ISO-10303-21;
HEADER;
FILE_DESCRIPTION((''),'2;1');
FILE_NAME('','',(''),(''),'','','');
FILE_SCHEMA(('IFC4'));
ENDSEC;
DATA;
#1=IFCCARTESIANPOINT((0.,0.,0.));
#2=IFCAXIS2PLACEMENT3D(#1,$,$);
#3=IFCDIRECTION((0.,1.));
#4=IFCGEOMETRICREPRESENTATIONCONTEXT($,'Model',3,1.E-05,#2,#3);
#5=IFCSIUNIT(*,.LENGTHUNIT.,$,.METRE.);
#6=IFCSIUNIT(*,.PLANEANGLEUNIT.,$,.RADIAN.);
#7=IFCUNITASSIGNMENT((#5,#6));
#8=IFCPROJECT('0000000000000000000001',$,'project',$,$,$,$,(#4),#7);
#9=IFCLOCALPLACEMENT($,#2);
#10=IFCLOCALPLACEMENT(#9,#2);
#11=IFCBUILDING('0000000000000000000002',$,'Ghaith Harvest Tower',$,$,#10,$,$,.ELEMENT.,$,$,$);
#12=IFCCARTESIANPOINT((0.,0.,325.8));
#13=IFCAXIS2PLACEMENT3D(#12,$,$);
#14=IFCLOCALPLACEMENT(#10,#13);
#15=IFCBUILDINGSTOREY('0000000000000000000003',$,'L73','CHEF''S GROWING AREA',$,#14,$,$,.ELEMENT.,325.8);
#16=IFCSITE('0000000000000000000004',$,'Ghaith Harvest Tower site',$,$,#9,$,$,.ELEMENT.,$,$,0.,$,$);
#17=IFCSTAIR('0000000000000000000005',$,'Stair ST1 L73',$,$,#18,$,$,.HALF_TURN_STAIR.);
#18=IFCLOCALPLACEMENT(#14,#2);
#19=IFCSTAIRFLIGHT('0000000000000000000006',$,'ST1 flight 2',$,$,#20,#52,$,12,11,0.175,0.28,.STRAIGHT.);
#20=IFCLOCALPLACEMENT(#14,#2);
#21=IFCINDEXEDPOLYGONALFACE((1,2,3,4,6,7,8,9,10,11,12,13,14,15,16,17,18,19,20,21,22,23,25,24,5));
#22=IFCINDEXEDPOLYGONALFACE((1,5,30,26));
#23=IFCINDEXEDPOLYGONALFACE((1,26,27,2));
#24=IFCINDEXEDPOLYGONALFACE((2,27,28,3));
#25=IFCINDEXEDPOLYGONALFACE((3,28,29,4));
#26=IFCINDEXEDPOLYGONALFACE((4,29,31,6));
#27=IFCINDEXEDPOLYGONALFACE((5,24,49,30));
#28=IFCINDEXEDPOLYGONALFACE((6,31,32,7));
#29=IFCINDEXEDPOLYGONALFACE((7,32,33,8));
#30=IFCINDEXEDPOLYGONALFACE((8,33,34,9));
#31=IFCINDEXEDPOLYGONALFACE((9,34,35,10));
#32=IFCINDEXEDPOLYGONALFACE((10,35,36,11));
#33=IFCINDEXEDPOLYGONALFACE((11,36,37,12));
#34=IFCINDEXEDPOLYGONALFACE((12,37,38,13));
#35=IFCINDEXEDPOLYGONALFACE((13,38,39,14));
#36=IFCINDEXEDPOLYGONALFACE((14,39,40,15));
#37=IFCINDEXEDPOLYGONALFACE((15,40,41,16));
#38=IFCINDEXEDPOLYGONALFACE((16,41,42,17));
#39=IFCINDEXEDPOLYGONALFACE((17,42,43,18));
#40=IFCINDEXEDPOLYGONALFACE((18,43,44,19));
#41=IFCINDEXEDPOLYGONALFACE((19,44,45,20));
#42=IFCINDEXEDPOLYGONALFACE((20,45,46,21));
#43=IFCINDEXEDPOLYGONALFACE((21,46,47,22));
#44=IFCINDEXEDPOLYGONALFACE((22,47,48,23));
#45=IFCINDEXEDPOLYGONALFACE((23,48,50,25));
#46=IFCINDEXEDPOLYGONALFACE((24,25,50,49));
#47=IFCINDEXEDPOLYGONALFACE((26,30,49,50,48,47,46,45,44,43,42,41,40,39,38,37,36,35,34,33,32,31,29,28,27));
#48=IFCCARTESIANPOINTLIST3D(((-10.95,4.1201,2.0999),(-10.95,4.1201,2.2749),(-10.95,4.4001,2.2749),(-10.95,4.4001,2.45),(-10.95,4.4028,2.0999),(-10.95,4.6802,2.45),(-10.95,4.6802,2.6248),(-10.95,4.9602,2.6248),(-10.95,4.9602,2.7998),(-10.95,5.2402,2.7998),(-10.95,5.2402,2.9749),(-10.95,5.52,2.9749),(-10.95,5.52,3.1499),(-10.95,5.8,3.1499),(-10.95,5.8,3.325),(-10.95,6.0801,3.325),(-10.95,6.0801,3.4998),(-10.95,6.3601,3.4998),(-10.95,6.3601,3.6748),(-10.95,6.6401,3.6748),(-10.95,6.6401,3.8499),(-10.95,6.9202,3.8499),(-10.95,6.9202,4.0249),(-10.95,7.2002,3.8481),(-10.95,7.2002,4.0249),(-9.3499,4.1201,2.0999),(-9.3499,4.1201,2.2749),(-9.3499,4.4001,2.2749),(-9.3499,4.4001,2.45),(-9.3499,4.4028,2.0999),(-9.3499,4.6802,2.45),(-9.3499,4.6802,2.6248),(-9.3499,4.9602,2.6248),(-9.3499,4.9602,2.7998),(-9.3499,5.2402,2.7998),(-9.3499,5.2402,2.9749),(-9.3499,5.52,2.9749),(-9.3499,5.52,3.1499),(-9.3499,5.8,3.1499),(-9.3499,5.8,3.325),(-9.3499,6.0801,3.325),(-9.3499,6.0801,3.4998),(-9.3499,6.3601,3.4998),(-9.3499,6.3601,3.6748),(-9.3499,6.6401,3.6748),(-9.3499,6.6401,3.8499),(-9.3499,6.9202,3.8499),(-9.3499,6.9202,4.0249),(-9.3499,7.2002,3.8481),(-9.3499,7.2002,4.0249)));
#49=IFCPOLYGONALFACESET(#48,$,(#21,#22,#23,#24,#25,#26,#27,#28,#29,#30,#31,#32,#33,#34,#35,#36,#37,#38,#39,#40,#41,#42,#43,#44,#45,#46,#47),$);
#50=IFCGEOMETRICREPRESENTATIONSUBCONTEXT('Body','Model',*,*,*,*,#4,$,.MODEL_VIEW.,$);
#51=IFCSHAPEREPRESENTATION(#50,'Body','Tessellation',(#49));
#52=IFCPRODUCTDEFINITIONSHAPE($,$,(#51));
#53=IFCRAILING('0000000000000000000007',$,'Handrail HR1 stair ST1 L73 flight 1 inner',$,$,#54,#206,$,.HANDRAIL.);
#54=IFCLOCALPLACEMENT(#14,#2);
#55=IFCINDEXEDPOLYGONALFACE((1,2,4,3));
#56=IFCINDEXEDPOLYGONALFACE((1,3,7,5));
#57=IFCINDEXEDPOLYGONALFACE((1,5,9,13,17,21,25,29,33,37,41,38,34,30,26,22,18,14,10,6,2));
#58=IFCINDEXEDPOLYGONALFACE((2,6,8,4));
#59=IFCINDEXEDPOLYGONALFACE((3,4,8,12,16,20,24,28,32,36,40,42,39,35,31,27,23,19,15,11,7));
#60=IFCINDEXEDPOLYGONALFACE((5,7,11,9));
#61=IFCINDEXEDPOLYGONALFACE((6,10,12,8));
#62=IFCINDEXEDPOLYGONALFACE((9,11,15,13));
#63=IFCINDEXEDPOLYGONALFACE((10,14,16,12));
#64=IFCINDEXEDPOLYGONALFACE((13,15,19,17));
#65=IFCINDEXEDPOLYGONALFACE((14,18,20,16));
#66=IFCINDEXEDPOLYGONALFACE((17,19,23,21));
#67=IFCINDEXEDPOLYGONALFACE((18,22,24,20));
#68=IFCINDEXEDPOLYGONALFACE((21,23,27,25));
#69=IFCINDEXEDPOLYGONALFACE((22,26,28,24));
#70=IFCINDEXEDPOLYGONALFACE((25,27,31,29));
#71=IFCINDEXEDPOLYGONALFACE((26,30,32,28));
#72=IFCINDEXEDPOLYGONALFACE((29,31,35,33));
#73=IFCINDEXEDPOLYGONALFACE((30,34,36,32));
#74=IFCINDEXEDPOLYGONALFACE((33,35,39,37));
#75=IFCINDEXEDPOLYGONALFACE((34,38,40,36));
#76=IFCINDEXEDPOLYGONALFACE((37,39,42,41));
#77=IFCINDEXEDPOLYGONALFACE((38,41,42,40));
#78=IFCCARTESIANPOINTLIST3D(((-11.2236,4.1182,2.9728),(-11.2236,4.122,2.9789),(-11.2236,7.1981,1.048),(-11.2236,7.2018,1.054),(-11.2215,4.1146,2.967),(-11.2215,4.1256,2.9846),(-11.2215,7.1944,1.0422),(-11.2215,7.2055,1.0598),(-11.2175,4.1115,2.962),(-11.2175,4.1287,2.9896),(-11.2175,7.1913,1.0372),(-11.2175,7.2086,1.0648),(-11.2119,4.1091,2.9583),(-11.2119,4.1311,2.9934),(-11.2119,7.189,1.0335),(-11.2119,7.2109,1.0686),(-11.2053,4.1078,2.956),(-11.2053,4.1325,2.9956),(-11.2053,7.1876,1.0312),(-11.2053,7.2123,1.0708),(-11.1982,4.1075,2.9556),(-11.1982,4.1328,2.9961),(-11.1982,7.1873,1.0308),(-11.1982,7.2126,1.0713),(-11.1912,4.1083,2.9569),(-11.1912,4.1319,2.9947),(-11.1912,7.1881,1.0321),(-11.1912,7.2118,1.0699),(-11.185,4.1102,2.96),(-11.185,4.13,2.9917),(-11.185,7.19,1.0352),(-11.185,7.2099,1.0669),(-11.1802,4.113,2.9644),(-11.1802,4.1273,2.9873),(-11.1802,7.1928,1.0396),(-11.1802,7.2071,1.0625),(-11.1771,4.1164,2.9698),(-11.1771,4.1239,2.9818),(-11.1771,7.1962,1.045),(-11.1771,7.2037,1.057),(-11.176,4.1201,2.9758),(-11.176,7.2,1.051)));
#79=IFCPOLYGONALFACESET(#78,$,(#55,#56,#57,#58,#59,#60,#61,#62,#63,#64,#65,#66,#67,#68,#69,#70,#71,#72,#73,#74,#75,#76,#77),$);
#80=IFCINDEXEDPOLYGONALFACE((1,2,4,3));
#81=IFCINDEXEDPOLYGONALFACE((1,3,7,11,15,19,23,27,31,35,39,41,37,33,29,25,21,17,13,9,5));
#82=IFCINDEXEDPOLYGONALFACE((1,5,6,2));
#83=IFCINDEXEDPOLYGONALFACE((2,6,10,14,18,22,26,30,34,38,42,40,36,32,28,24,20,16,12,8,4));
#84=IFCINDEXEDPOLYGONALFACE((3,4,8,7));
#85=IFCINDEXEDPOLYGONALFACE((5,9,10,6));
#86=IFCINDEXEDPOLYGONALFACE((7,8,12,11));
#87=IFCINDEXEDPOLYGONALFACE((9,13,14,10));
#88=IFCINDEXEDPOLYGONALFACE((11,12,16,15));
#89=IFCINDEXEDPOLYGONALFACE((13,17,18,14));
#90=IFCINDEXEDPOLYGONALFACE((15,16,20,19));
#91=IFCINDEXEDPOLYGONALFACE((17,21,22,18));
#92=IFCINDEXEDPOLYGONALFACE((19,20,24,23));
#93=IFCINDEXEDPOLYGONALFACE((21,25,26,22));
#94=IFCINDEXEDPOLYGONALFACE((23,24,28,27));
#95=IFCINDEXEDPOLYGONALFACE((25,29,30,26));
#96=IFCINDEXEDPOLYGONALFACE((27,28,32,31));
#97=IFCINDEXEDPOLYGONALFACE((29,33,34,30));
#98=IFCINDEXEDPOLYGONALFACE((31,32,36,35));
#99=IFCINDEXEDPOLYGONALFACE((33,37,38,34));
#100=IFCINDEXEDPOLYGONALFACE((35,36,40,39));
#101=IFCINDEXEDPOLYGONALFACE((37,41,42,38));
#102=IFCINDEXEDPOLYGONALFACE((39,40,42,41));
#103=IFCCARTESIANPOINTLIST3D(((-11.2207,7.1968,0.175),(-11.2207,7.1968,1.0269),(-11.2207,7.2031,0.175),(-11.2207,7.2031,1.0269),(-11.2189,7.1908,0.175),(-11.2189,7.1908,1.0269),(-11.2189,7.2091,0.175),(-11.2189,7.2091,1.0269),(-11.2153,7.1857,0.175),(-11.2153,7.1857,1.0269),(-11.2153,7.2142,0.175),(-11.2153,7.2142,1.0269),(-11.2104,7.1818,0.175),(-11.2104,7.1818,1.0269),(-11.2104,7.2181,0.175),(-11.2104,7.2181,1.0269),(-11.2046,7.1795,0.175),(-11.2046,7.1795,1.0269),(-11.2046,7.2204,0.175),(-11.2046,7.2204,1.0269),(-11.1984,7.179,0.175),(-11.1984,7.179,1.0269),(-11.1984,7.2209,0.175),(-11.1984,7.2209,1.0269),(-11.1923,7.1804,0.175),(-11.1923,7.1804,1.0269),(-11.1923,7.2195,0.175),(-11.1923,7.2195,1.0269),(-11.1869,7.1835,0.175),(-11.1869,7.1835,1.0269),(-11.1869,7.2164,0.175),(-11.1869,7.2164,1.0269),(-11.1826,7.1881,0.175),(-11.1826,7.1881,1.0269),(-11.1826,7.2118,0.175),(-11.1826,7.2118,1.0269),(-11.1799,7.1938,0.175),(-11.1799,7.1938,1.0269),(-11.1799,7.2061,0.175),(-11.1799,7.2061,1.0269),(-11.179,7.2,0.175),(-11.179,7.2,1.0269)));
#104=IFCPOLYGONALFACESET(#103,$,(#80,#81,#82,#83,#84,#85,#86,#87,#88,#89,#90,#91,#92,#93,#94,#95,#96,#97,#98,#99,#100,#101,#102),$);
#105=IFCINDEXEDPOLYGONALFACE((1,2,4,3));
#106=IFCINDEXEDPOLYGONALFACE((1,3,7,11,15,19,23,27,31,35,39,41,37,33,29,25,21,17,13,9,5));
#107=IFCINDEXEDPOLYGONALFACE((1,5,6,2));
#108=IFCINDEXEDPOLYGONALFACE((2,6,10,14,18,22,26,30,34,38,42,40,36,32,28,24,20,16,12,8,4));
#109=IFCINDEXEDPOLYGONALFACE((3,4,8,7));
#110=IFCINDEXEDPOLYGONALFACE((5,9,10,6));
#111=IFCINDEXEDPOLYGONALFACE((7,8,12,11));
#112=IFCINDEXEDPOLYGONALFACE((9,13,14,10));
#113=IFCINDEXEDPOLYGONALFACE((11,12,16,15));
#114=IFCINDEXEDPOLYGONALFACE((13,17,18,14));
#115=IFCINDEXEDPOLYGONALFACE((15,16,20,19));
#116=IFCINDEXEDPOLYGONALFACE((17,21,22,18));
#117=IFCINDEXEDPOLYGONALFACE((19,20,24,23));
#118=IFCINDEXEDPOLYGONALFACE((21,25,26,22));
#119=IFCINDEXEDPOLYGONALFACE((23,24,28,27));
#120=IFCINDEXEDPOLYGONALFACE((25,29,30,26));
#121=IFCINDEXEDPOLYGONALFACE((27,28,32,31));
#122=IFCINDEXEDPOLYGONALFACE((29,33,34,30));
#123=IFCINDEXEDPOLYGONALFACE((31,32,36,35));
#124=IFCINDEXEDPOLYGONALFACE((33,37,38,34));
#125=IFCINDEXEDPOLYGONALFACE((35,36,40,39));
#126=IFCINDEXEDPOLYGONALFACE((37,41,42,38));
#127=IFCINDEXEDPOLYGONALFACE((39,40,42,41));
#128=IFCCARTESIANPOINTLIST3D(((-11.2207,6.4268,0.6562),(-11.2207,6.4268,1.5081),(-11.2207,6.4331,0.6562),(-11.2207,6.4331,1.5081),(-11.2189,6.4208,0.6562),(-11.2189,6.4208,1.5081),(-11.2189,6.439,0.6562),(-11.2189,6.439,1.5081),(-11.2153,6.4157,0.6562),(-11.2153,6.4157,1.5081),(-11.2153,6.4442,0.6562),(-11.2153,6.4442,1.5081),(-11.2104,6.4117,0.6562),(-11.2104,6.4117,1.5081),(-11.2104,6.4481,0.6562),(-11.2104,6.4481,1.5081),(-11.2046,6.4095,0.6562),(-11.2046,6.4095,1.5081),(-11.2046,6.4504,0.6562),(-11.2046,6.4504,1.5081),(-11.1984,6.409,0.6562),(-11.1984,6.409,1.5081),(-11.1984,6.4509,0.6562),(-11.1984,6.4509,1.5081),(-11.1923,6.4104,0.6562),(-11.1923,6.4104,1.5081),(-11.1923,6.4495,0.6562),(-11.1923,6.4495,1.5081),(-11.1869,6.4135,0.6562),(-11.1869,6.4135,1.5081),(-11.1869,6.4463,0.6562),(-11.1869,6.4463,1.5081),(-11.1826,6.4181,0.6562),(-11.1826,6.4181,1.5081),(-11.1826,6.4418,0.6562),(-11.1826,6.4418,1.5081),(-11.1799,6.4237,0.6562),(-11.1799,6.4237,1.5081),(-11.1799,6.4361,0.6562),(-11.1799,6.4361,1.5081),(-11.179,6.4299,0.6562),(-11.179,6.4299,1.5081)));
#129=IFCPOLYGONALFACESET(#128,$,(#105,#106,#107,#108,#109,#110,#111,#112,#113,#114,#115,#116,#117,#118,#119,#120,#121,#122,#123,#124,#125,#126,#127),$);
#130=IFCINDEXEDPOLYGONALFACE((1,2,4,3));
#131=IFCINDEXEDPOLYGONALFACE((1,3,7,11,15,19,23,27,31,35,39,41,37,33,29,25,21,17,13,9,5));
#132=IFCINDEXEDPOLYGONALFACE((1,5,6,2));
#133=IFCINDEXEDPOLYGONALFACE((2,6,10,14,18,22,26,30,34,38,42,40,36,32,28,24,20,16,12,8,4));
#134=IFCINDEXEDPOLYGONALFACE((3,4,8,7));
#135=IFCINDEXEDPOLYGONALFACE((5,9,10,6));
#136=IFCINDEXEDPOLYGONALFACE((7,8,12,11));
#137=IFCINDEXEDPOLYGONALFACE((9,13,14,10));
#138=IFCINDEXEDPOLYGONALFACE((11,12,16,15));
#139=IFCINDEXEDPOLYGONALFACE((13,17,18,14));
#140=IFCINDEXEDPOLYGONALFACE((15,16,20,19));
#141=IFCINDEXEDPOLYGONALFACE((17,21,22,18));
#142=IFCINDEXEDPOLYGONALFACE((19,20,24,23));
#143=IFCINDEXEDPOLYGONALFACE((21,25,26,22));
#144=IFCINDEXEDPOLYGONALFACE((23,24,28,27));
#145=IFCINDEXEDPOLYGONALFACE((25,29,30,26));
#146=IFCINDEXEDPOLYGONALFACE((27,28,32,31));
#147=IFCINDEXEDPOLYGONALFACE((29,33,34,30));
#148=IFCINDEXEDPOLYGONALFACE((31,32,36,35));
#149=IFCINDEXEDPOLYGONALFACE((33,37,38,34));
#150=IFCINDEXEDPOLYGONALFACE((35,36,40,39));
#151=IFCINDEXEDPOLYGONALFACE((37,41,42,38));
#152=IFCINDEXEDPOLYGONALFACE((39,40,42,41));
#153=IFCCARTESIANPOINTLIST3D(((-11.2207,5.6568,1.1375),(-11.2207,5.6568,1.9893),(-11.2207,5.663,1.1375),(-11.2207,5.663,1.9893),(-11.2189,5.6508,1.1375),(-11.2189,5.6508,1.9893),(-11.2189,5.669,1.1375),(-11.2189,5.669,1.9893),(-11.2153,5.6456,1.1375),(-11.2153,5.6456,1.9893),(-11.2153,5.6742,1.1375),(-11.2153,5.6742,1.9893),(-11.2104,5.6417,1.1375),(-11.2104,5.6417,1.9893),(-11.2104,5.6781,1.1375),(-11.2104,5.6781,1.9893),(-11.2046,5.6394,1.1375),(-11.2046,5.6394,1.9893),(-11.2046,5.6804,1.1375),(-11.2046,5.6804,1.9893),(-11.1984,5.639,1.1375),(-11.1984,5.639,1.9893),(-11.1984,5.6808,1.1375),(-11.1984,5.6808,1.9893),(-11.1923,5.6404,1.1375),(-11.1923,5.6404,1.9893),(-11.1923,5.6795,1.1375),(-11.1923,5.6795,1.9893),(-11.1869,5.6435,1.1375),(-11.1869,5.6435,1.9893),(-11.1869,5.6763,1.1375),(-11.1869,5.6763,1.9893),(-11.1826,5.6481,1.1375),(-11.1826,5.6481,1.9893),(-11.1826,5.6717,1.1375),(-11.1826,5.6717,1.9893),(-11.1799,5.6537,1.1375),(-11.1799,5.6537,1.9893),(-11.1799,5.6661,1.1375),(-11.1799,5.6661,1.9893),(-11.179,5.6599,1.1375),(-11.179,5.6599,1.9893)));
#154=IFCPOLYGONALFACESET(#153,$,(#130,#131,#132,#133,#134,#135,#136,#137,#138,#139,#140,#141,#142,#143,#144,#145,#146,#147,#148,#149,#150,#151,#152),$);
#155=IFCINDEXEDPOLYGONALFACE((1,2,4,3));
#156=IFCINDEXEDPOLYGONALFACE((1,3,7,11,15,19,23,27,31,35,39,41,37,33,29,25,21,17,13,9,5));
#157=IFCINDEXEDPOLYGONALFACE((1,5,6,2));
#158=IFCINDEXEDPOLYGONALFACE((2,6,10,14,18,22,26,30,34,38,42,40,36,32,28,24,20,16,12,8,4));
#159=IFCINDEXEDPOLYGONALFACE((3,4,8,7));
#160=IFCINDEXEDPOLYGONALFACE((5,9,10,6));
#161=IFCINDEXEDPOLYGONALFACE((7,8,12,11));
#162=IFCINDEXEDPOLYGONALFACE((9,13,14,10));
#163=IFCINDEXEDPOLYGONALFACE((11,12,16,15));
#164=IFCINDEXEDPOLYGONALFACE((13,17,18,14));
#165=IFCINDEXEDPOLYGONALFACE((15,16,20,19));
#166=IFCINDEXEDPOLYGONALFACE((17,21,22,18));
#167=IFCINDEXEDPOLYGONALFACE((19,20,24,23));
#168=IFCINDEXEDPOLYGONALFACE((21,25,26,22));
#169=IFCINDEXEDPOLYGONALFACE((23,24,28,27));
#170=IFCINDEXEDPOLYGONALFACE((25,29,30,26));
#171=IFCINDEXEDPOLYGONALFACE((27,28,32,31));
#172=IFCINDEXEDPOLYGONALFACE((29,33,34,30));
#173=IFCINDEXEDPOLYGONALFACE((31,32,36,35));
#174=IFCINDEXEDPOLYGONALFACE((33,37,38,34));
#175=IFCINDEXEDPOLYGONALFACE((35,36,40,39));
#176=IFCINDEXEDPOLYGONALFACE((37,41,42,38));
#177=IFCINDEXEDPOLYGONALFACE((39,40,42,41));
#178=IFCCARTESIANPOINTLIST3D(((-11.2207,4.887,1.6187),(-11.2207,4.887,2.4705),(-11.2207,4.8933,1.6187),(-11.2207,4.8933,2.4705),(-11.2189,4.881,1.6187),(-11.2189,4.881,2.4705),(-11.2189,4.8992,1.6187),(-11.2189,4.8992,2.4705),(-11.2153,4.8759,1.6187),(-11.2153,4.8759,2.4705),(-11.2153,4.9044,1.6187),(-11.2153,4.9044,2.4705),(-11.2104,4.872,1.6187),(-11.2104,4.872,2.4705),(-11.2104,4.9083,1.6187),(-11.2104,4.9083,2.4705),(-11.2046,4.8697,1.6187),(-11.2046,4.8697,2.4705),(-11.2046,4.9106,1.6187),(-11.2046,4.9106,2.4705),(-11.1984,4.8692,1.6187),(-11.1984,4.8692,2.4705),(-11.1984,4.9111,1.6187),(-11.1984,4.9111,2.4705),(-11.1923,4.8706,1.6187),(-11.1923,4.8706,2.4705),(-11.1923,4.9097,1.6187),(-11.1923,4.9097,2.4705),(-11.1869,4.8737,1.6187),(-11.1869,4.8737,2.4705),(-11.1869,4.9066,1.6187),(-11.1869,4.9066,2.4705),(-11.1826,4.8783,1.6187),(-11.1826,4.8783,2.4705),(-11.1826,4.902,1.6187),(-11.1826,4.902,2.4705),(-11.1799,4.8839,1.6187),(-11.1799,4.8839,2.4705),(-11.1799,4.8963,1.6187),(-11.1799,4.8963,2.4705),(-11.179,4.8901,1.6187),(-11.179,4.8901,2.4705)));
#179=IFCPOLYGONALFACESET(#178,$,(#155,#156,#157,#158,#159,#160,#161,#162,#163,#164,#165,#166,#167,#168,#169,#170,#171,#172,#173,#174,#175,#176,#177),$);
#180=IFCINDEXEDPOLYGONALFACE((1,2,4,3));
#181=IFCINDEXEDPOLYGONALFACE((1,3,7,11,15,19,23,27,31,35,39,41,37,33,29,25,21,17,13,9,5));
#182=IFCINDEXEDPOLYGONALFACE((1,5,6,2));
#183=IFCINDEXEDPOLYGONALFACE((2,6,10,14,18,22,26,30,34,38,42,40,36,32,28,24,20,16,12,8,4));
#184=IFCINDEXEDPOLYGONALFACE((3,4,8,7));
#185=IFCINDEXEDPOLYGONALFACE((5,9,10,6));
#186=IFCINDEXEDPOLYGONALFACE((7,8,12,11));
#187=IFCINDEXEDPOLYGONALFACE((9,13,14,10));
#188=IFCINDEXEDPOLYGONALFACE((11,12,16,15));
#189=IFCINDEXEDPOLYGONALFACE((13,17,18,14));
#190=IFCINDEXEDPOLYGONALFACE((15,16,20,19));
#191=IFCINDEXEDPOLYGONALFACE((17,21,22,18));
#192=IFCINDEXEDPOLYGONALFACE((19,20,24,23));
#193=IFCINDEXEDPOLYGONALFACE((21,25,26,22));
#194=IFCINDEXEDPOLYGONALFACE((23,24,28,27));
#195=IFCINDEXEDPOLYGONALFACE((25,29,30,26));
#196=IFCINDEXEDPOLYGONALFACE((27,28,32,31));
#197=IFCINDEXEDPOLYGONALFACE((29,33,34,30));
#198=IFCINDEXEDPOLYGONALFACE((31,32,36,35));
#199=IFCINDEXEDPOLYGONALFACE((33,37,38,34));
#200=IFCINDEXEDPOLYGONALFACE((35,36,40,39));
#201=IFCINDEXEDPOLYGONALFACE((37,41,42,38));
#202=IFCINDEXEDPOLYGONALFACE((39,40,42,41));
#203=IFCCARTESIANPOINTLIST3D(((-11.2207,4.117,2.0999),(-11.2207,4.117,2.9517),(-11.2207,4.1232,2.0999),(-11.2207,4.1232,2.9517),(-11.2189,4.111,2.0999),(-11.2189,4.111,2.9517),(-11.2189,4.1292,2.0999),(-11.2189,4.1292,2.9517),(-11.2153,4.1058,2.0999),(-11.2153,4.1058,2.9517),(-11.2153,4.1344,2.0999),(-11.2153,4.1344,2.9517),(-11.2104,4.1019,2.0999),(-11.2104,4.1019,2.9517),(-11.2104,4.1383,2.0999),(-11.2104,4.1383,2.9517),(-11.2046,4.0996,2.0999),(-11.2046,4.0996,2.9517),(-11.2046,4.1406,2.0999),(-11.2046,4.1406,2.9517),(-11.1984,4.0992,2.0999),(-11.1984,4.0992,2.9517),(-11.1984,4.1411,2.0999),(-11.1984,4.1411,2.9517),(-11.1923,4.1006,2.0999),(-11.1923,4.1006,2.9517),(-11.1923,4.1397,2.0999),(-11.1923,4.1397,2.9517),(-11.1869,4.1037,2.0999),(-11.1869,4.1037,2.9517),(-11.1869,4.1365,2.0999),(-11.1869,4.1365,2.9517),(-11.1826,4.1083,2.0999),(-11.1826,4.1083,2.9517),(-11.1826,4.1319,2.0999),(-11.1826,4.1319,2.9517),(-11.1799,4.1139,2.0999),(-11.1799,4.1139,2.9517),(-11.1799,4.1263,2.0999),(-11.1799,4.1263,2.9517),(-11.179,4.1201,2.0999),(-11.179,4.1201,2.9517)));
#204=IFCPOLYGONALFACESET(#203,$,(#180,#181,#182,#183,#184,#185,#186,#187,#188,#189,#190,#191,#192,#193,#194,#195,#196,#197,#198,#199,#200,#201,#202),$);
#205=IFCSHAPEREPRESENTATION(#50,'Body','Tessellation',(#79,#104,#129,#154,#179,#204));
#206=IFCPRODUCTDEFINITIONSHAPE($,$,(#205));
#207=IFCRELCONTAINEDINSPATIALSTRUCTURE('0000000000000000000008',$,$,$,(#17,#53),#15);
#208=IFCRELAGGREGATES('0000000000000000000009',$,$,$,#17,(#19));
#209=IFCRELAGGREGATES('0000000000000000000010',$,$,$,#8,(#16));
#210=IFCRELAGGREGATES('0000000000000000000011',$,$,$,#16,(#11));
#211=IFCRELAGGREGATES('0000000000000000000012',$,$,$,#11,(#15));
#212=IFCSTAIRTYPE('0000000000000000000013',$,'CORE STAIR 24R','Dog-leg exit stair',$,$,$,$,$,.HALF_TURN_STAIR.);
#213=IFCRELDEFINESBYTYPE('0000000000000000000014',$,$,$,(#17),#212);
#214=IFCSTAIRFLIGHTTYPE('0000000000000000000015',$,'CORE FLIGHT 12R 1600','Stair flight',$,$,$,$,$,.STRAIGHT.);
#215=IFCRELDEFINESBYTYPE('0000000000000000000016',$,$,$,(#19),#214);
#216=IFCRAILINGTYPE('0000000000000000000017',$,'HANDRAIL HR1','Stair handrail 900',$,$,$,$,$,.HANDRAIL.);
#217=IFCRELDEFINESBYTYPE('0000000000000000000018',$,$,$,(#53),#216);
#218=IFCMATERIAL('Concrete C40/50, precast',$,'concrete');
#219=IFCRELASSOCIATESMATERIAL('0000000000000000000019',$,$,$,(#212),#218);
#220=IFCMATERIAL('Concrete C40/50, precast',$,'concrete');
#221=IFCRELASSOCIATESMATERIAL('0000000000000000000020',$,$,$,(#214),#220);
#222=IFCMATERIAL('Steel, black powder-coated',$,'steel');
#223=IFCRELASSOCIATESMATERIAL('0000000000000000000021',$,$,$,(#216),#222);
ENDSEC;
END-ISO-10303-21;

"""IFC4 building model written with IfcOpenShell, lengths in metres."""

from ifc_helpers import new_model, si_unit, direction, frame, origin, origin_2d, place, context, subcontext, project, spatial, polyline, circle, outline, extrude, material, type_object, element, aggregate, save


model = new_model("IFC4")

# Units and contexts
model_context = context("Model", 3, precision=1e-05, world=origin(), true_north=direction((0.0, 1.0)))
body_context = subcontext(model_context, "Body", "Model", "MODEL_VIEW")
ifc_project = project(units=[si_unit("LENGTHUNIT", "METRE"), si_unit("PLANEANGLEUNIT", "RADIAN")], contexts=[model_context])

# Site, building, storey
site_placement = place(None, origin())
site = spatial("IfcSite", under=ifc_project, at=site_placement, Name="Ghaith Harvest Tower site", CompositionType="ELEMENT", RefElevation=0.0)
building_placement = place(site_placement, origin())
building = spatial("IfcBuilding", under=site, at=building_placement, Name="Ghaith Harvest Tower", CompositionType="ELEMENT")
storey_placement = place(building_placement, frame((0.0, 0.0, 325.8)))
storey = spatial("IfcBuildingStorey", under=building, at=storey_placement, Name="L73", Description="CHEF'S GROWING AREA", CompositionType="ELEMENT", Elevation=325.8)

# Stair, stair flight
ifc_material_1 = material(Name="Concrete C40/50, precast", Category="concrete")
stair_type = type_object("IfcStairType", Name="CORE STAIR 24R", Description="Dog-leg exit stair", PredefinedType="HALF_TURN_STAIR", material=ifc_material_1)
stair_placement = place(storey_placement, origin())
stair = element("IfcStair", 1, at=stair_placement, inside=storey, type_object=stair_type, Name="Stair ST1 L73", PredefinedType="HALF_TURN_STAIR")
ifc_material_2 = material(Name="Concrete C40/50, precast", Category="concrete")
stair_flight_type = type_object("IfcStairFlightType", Name="CORE FLIGHT 12R 1600", Description="Stair flight", PredefinedType="STRAIGHT", material=ifc_material_2)
stair_flight_1_placement = place(storey_placement, frame((-10.1499, 4.1201, 2.0999), z_axis=(0.0, 0.0, 1.0), x_axis=(0.0, 1.0, 0.0)))
stair_flight_1 = element("IfcStairFlight", 2, at=stair_flight_1_placement, type_object=stair_flight_type, Name="ST1 flight 2", NumberOfRisers=12, NumberOfTreads=11, PredefinedType="STRAIGHT", RiserHeight=0.175, TreadLength=0.28, context=body_context, shape_type="SweptSolid", body=[
    extrude(outline(polyline([(0.0, 0.0), (0.0, 0.175), (0.28, 0.175), (0.28, 0.3501), (0.5601, 0.3501), (0.5601, 0.5249), (0.8401, 0.5249), (0.8401, 0.7), (1.1201, 0.7), (1.1201, 0.875), (1.3999, 0.875), (1.3999, 1.05), (1.6799, 1.05), (1.6799, 1.2251), (1.96, 1.2251), (1.96, 1.3999), (2.24, 1.3999), (2.24, 1.575), (2.52, 1.575), (2.52, 1.75), (2.8, 1.75), (2.8, 1.925), (3.0801, 1.925), (3.0801, 2.1001), (3.0801, 1.7483), (0.2827, 0.0), (0.0, 0.0)])), frame((0.0, 0.8, 0.0), z_axis=(0.0, -1.0, 0.0), x_axis=(1.0, 0.0, 0.0)), (0.0, 0.0, 1.0), 1.6001),
])
aggregate(stair, [stair_flight_1])

# Railing
ifc_material_3 = material(Name="Steel, black powder-coated", Category="steel")
railing_type = type_object("IfcRailingType", Name="HANDRAIL HR1", Description="Stair handrail 900", PredefinedType="HANDRAIL", material=ifc_material_3)
railing_1_placement = place(storey_placement, frame((-11.2, 7.2, 0.175)))
element("IfcRailing", 3, at=railing_1_placement, inside=storey, type_object=railing_type, Name="Handrail HR1 stair ST1 L73 flight 1 inner", PredefinedType="HANDRAIL", context=body_context, shape_type="SweptSolid", body=[
    extrude(circle(Radius=0.0239, at=origin_2d()), frame((0.0, 0.0, 0.876), z_axis=(0.0, -0.84801, 0.529981), x_axis=(1.0, 0.0, 0.0)), (0.0, 0.0, 1.0), 3.6318),
    extrude(circle(Radius=0.021, at=origin_2d()), origin(), (0.0, 0.0, 1.0), 0.8518),
    extrude(circle(Radius=0.021, at=origin_2d()), frame((0.0, -0.77, 0.4812)), (0.0, 0.0, 1.0), 0.8518),
    extrude(circle(Radius=0.021, at=origin_2d()), frame((0.0, -1.54, 0.9624)), (0.0, 0.0, 1.0), 0.8518),
    extrude(circle(Radius=0.021, at=origin_2d()), frame((0.0, -2.3098, 1.4436)), (0.0, 0.0, 1.0), 0.8518),
    extrude(circle(Radius=0.021, at=origin_2d()), frame((0.0, -3.0798, 1.9248)), (0.0, 0.0, 1.0), 0.8518),
])

save(model, "model.ifc")
